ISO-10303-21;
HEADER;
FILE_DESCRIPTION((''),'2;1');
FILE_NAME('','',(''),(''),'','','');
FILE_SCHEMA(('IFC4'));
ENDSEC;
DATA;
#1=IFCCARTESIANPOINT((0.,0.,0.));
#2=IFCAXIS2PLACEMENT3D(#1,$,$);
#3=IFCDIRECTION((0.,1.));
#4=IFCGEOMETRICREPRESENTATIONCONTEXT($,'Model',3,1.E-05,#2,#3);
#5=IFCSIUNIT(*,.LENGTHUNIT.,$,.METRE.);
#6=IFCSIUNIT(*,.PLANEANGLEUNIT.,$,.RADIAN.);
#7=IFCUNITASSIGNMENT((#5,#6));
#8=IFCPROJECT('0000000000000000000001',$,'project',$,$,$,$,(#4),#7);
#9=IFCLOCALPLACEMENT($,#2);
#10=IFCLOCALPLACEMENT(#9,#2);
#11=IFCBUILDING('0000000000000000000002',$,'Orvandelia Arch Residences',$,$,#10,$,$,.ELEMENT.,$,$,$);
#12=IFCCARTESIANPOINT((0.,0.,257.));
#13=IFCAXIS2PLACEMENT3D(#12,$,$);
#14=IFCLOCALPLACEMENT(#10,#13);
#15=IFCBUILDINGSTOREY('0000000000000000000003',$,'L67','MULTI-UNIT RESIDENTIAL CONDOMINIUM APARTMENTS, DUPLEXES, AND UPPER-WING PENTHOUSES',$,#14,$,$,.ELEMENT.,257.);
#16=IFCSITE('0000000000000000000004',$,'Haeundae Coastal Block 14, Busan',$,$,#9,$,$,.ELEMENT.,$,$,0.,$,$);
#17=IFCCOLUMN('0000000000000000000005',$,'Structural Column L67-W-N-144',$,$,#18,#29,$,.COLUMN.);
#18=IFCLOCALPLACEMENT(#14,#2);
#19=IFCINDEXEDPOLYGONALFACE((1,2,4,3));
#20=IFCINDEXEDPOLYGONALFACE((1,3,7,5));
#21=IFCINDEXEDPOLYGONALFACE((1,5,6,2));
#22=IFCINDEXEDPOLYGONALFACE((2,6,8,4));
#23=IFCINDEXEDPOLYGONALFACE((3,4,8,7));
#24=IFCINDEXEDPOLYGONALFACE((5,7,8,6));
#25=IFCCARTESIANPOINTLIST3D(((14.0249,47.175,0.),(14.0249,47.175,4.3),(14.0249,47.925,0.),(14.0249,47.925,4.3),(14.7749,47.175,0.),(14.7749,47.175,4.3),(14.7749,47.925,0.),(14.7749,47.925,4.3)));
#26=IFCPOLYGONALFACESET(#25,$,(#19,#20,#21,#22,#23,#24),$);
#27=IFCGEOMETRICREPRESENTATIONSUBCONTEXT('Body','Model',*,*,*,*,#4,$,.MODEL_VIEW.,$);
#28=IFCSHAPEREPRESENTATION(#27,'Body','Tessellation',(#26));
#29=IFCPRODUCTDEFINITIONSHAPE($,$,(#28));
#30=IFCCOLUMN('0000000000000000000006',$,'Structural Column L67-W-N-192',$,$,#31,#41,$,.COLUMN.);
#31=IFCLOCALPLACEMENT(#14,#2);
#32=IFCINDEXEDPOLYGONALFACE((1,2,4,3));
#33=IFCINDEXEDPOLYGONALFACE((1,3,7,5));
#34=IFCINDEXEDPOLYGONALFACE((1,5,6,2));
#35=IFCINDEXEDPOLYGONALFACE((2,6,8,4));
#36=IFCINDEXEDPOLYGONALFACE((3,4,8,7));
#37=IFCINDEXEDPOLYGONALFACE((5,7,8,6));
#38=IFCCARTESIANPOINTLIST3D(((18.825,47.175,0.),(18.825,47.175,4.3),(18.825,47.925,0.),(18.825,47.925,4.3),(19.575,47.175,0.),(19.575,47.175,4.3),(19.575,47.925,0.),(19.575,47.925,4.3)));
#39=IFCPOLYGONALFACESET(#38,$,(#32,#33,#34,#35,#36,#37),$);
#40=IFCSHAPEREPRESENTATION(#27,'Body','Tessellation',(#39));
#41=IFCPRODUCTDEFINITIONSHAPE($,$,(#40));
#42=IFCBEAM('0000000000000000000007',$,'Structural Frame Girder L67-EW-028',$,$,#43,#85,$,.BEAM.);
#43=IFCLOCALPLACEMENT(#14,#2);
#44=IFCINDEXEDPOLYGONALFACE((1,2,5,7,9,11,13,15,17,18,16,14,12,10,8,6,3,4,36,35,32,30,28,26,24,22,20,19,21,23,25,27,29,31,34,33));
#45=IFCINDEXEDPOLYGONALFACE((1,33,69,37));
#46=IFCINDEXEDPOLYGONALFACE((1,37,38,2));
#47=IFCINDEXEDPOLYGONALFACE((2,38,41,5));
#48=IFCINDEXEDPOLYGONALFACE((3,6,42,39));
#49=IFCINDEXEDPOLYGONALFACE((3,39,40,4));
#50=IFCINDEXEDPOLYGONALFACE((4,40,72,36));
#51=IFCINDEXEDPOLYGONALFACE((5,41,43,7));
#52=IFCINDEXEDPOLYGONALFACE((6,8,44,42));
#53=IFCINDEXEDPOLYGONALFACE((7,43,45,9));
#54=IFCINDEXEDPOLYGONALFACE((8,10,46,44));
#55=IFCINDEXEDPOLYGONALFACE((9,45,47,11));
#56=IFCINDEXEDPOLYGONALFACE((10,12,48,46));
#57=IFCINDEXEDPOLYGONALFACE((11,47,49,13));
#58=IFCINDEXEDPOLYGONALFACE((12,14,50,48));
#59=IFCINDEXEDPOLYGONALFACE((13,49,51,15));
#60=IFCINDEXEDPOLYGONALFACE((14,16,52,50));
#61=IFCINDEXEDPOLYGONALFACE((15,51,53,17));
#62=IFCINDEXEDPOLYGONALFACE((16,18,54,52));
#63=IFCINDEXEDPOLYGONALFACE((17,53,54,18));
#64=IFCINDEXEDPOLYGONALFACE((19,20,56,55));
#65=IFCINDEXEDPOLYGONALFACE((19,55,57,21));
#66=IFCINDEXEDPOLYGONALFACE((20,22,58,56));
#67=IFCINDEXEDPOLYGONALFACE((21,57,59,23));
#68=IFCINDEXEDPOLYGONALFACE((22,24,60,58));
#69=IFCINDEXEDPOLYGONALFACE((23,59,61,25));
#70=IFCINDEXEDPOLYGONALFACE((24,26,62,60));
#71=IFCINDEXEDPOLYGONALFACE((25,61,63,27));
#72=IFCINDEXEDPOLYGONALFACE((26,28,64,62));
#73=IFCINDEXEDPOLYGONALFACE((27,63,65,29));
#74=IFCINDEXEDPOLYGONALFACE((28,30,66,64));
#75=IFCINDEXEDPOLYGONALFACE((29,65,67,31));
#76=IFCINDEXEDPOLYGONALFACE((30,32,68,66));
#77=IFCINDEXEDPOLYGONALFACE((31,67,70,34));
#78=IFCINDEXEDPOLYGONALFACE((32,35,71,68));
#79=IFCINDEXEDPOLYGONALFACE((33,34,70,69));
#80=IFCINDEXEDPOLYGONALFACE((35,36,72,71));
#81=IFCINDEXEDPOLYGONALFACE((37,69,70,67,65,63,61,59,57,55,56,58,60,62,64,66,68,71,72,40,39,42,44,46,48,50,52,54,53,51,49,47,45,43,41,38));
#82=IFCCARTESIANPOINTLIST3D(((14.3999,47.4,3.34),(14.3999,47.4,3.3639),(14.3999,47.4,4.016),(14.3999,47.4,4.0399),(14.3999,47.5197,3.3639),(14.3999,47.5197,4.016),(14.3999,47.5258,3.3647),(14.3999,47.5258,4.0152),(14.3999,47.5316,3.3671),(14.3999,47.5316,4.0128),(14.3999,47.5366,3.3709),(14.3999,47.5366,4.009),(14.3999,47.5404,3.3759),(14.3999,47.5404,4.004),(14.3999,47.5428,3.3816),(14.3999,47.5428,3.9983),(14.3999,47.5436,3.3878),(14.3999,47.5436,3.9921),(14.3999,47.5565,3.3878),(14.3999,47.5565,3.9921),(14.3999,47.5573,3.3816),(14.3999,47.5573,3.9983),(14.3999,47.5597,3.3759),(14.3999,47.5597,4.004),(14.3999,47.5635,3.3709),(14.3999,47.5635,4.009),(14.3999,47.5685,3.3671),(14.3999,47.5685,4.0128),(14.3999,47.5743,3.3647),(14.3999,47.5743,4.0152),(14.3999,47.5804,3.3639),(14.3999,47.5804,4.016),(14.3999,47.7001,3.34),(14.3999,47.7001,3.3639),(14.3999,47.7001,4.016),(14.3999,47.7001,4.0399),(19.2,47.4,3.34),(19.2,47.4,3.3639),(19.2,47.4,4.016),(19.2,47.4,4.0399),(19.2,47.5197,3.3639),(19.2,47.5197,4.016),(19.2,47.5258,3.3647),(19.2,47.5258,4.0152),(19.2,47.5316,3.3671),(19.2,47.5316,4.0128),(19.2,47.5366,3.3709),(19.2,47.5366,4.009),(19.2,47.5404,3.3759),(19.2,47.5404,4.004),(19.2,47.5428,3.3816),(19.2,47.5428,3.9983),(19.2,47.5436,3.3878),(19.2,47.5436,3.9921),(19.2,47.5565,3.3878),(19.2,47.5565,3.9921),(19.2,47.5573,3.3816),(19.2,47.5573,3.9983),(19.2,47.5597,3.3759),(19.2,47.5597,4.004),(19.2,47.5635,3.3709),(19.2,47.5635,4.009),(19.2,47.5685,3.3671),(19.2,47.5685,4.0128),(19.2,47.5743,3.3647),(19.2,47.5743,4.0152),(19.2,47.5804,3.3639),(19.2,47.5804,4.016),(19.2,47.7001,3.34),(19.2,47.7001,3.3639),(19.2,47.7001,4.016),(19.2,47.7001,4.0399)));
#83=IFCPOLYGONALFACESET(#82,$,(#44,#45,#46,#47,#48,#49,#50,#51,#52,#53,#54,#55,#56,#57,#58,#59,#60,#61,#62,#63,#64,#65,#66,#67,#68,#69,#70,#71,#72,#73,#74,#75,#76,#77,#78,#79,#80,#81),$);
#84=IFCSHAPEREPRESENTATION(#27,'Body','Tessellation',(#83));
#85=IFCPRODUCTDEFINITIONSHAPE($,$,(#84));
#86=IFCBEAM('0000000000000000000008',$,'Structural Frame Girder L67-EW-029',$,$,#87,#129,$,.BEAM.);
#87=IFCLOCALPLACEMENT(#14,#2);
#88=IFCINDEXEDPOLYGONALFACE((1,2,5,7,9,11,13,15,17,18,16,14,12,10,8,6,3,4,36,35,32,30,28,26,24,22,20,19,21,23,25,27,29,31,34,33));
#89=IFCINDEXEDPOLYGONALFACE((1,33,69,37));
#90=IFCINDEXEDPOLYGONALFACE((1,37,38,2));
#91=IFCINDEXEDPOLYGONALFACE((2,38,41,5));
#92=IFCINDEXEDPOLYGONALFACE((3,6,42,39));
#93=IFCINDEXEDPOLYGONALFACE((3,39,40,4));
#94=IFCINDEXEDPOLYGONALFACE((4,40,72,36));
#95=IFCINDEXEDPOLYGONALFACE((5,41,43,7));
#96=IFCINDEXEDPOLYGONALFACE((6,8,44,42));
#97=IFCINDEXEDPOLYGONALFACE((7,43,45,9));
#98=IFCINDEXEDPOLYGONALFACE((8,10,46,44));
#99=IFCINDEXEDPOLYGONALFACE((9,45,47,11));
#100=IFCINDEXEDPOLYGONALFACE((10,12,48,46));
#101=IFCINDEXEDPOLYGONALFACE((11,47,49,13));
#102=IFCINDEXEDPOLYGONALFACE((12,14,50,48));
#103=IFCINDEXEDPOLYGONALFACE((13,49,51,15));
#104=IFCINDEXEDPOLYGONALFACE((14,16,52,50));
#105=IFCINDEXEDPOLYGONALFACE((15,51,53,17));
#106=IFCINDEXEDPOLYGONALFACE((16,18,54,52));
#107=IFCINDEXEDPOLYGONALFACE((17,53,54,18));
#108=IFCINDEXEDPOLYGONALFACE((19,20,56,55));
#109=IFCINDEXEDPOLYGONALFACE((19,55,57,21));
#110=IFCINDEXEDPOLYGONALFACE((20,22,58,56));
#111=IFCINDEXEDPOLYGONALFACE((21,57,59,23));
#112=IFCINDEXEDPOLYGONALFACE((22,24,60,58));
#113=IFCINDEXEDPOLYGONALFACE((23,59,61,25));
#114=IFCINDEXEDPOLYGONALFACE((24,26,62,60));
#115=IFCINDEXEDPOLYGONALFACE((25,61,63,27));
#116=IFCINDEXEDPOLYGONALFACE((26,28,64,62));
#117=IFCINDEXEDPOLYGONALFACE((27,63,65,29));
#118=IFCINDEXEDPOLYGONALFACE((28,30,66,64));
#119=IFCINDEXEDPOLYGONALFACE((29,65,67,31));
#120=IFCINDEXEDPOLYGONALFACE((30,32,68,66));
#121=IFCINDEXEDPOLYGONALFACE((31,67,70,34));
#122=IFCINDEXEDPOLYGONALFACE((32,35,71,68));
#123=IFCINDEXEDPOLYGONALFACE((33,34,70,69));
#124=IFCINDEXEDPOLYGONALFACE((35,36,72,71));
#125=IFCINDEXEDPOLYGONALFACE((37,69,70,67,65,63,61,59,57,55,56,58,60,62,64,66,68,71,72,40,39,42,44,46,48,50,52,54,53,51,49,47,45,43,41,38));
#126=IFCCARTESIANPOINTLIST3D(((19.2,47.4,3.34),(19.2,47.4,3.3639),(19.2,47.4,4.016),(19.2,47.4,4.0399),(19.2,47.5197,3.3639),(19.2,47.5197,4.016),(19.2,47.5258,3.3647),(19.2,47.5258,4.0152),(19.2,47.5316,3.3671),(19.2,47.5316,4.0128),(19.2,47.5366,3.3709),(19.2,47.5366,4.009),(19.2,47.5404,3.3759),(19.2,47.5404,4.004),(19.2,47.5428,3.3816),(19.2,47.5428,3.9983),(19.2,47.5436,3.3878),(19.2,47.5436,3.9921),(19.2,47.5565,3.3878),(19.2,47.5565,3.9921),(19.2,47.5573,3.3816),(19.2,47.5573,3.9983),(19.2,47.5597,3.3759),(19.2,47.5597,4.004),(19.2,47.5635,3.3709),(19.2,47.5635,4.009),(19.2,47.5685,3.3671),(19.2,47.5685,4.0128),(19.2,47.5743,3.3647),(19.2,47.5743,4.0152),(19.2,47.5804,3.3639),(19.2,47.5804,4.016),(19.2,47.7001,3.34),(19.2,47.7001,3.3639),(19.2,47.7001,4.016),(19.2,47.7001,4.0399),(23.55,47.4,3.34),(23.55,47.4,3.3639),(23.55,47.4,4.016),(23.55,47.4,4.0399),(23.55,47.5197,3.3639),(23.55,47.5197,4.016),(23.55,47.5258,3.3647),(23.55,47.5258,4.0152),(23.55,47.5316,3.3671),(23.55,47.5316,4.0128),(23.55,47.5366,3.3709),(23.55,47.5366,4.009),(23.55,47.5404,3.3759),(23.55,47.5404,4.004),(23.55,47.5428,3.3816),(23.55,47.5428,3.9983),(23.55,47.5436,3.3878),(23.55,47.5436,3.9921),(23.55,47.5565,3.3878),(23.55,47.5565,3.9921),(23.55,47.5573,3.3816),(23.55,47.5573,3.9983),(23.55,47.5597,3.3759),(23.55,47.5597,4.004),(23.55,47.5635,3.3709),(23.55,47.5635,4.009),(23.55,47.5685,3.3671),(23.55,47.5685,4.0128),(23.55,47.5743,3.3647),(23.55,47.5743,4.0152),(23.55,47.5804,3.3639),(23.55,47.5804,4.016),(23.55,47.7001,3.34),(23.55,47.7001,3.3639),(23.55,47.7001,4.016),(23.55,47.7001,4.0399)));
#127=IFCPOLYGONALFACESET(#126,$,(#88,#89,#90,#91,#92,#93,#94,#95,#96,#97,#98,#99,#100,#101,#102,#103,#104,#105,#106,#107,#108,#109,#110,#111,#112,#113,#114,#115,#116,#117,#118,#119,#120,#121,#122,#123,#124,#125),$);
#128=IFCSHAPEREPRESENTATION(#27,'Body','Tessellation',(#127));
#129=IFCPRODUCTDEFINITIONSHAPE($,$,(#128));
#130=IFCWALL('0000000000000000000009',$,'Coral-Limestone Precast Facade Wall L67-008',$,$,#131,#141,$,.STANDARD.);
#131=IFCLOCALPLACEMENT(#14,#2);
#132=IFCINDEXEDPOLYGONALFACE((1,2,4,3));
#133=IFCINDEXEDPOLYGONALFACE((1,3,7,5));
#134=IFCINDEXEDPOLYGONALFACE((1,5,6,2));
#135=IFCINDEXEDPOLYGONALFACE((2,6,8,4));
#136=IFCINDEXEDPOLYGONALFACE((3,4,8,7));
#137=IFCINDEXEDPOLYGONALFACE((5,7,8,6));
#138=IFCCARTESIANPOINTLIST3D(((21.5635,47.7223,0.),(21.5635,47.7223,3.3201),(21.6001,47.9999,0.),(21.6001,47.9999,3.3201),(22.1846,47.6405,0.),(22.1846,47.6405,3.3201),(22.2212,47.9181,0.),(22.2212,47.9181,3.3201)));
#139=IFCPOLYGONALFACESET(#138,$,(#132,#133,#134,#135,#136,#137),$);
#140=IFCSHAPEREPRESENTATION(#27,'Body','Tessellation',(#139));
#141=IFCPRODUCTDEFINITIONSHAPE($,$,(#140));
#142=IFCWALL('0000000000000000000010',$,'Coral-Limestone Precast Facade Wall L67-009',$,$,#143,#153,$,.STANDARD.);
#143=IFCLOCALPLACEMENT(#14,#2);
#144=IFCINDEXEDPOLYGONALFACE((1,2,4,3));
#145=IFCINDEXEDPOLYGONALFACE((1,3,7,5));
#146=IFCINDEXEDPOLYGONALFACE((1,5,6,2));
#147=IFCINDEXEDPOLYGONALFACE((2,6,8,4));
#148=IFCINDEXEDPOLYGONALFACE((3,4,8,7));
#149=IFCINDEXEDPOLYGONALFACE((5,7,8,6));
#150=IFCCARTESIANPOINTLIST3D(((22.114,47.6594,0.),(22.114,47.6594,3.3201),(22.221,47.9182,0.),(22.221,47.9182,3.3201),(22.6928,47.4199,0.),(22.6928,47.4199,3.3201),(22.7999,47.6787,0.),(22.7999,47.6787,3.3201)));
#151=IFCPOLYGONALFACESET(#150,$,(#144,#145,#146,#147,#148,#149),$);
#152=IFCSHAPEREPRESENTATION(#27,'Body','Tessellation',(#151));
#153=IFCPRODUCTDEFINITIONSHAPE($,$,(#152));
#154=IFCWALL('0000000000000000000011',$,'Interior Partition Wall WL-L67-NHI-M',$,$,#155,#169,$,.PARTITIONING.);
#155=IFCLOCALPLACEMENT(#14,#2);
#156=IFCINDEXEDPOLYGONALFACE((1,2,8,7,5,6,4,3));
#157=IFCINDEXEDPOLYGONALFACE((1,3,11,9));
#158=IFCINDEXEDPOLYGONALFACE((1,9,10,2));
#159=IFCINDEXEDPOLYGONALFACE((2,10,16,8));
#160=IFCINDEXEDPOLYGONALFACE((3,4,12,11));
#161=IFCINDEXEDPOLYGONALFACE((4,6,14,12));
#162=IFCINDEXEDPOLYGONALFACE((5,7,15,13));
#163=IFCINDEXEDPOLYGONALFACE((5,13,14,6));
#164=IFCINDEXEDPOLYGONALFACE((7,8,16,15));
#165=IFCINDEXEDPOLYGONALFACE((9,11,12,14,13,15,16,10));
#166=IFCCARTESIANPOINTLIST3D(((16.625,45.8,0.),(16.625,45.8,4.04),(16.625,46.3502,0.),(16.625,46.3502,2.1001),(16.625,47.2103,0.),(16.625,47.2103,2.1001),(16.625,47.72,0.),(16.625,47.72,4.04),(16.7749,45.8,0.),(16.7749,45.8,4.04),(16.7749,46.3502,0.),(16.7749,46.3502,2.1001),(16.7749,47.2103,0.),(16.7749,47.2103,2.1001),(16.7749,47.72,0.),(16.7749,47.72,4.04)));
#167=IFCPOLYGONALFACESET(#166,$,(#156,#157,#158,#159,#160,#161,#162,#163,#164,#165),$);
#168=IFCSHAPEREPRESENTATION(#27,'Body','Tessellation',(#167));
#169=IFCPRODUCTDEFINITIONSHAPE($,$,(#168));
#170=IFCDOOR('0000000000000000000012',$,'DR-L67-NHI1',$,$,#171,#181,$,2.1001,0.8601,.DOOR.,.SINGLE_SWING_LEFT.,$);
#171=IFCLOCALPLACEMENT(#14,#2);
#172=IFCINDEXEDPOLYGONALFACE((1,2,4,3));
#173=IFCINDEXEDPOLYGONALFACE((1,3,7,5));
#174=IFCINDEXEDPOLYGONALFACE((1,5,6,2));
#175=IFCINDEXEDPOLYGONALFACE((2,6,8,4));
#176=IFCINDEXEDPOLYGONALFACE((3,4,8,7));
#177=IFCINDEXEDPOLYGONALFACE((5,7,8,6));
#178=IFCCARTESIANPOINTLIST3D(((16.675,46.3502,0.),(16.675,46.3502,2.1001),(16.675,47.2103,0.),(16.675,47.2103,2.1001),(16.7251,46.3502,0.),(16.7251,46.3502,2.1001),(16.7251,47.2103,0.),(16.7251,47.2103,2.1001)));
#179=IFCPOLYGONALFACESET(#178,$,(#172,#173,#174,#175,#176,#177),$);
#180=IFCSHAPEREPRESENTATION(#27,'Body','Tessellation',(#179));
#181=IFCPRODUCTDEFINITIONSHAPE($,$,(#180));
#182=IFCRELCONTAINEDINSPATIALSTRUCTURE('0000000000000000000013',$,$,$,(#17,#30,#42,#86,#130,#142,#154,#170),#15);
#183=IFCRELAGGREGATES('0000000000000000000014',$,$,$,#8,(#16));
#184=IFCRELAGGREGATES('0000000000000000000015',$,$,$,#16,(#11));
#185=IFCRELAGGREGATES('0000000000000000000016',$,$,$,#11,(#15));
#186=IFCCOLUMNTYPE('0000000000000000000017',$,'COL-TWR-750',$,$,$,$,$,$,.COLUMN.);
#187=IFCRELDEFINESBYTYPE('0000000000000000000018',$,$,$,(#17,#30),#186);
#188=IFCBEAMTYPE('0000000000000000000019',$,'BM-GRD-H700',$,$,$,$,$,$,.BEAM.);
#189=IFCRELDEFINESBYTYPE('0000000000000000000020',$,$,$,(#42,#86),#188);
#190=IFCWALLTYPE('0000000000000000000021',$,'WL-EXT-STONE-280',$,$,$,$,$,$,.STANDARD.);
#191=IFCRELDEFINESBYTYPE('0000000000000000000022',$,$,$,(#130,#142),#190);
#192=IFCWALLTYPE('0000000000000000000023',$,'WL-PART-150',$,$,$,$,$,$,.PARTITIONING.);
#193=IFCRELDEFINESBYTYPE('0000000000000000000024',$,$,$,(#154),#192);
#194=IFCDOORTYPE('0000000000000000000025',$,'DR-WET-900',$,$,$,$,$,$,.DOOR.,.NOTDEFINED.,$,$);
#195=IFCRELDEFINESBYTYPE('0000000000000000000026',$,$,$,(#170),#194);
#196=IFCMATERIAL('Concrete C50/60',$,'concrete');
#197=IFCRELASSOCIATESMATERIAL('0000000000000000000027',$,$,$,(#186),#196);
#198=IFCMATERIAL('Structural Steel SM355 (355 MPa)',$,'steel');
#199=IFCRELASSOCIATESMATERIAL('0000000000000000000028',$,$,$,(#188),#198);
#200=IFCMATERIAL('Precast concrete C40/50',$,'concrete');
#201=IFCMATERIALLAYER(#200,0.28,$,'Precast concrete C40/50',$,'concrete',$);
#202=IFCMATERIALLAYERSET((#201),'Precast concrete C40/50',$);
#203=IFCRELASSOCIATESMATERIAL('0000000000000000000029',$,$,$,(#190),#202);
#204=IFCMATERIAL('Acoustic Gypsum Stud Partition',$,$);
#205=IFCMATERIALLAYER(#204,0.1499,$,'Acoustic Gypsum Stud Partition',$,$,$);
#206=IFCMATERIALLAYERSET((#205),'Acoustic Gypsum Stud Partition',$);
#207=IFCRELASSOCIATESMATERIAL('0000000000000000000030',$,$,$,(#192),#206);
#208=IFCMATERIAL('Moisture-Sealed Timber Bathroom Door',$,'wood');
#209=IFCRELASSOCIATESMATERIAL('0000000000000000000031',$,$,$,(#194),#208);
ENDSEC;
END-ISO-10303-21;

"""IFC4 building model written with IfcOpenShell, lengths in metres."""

from ifc_helpers import new_model, si_unit, direction, frame, frame_2d, origin, origin_2d, place, context, subcontext, project, spatial, rectangle, i_section, extrude, material, layer, layer_set, material_profile, profile_set, type_object, element, fill, save


model = new_model("IFC4")

# Units and contexts
model_context = context("Model", 3, precision=1e-05, world=origin(), true_north=direction((0.0, 1.0)))
body_context = subcontext(model_context, "Body", "Model", "MODEL_VIEW")
ifc_project = project(units=[si_unit("LENGTHUNIT", "METRE"), si_unit("PLANEANGLEUNIT", "RADIAN")], contexts=[model_context])

# Site, building, storey
site_placement = place(None, origin())
site = spatial("IfcSite", under=ifc_project, at=site_placement, Name="Haeundae Coastal Block 14, Busan", CompositionType="ELEMENT", RefElevation=0.0)
building_placement = place(site_placement, origin())
building = spatial("IfcBuilding", under=site, at=building_placement, Name="Orvandelia Arch Residences", CompositionType="ELEMENT")
storey_placement = place(building_placement, frame((0.0, 0.0, 257.0)))
storey = spatial("IfcBuildingStorey", under=building, at=storey_placement, Name="L67", Description="MULTI-UNIT RESIDENTIAL CONDOMINIUM APARTMENTS, DUPLEXES, AND UPPER-WING PENTHOUSES", CompositionType="ELEMENT", Elevation=257.0)

# Columns
ifc_material_1 = material(Name="Concrete C50/60", Category="concrete")
ifc_material_profile_1 = material_profile(ifc_material_1, rectangle(XDim=0.75, YDim=0.75, at=origin_2d()), Name="Concrete C50/60", Category="concrete")
ifc_profile_set_1 = profile_set([ifc_material_profile_1], Name="Concrete C50/60")
column_type = type_object("IfcColumnType", Name="COL-TWR-750", PredefinedType="COLUMN", material=ifc_profile_set_1)
for number, where, z_axis, x_axis, name in (
    (1, (14.3999, 47.55, 0.0), (0.0, 0.0, 1.0), (1.0, 0.0, 0.0), "Structural Column L67-W-N-144"),
    (2, (19.2, 47.55, 0.0), (0.0, 0.0, 1.0), (1.0, 0.0, 0.0), "Structural Column L67-W-N-192"),
):
    element("IfcColumn", number, at=place(storey_placement, frame(where, z_axis=z_axis, x_axis=x_axis)), inside=storey, type_object=column_type, Name=name, PredefinedType="COLUMN", context=body_context, shape_type="SweptSolid", body=[
        extrude(rectangle(XDim=0.75, YDim=0.75, at=origin_2d()), origin(), (0.0, 0.0, 1.0), 4.3),
    ])

# Beams
ifc_material_2 = material(Name="Structural Steel SM355 (355 MPa)", Category="steel")
ifc_material_profile_2 = material_profile(ifc_material_2, i_section(OverallWidth=0.3, OverallDepth=0.7, WebThickness=0.0129, FlangeThickness=0.0239, FilletRadius=0.0239, at=origin_2d()), Name="Structural Steel SM355 (355 MPa)", Category="steel")
ifc_profile_set_2 = profile_set([ifc_material_profile_2], Name="Structural Steel SM355 (355 MPa)")
beam_type = type_object("IfcBeamType", Name="BM-GRD-H700", PredefinedType="BEAM", material=ifc_profile_set_2)
beam_1_placement = place(storey_placement, frame((14.3999, 47.55, 3.6899), z_axis=(1.0, 0.0, 0.0), x_axis=(0.0, 1.0, 0.0)))
element("IfcBeam", 3, at=beam_1_placement, inside=storey, type_object=beam_type, Name="Structural Frame Girder L67-EW-028", PredefinedType="BEAM", context=body_context, shape_type="SweptSolid", body=[
    extrude(i_section(OverallWidth=0.3, OverallDepth=0.7, WebThickness=0.0129, FlangeThickness=0.0239, FilletRadius=0.0239, at=origin_2d()), origin(), (0.0, 0.0, 1.0), 4.8),
])
beam_2_placement = place(storey_placement, frame((19.2, 47.55, 3.6899), z_axis=(1.0, 0.0, 0.0), x_axis=(0.0, 1.0, 0.0)))
element("IfcBeam", 4, at=beam_2_placement, inside=storey, type_object=beam_type, Name="Structural Frame Girder L67-EW-029", PredefinedType="BEAM", context=body_context, shape_type="SweptSolid", body=[
    extrude(i_section(OverallWidth=0.3, OverallDepth=0.7, WebThickness=0.0129, FlangeThickness=0.0239, FilletRadius=0.0239, at=origin_2d()), origin(), (0.0, 0.0, 1.0), 4.3501),
])

# Walls
ifc_material_3 = material(Name="Precast concrete C40/50", Category="concrete")
ifc_layer_1 = layer(ifc_material_3, 0.28, Name="Precast concrete C40/50", Category="concrete")
ifc_layer_set_1 = layer_set([ifc_layer_1], Name="Precast concrete C40/50")
wall_type_1 = type_object("IfcWallType", Name="WL-EXT-STONE-280", PredefinedType="STANDARD", material=ifc_layer_set_1)
for number, where, z_axis, x_axis, name in (
    (5, (21.5818, 47.8611, 0.0), (0.0, 0.0, 1.0), (0.991441, -0.130555, 0.0), "Coral-Limestone Precast Facade Wall L67-008"),
    (6, (22.1675, 47.7888, 0.0), (0.0, 0.0, 1.0), (0.924031, -0.382317, 0.0), "Coral-Limestone Precast Facade Wall L67-009"),
):
    element("IfcWall", number, at=place(storey_placement, frame(where, z_axis=z_axis, x_axis=x_axis)), inside=storey, type_object=wall_type_1, Name=name, PredefinedType="STANDARD", context=body_context, shape_type="SweptSolid", body=[
        extrude(rectangle(XDim=0.6265, YDim=0.28, at=frame_2d((0.3132, 0.0))), origin(), (0.0, 0.0, 1.0), 3.3201),
    ])

# Wall, opening, door
ifc_material_4 = material(Name="Acoustic Gypsum Stud Partition")
ifc_layer_2 = layer(ifc_material_4, 0.1499, Name="Acoustic Gypsum Stud Partition")
ifc_layer_set_2 = layer_set([ifc_layer_2], Name="Acoustic Gypsum Stud Partition")
wall_type_2 = type_object("IfcWallType", Name="WL-PART-150", PredefinedType="PARTITIONING", material=ifc_layer_set_2)
wall_1_placement = place(storey_placement, frame((16.7, 45.8, 0.0), z_axis=(0.0, 0.0, 1.0), x_axis=(0.0, 1.0, 0.0)))
wall_1 = element("IfcWall", 7, at=wall_1_placement, inside=storey, type_object=wall_type_2, Name="Interior Partition Wall WL-L67-NHI-M", PredefinedType="PARTITIONING", context=body_context, shape_type="SweptSolid", body=[
    extrude(rectangle(XDim=1.9199, YDim=0.1499, at=frame_2d((0.96, 0.0))), origin(), (0.0, 0.0, 1.0), 4.04),
])
opening_1_placement = place(wall_1_placement, frame((0.55, 0.0, 0.0)))
opening_1 = element("IfcOpeningElement", 8, at=opening_1_placement, cuts=wall_1, PredefinedType="OPENING", context=body_context, shape_type="SweptSolid", body=[
    extrude(rectangle(XDim=0.8601, YDim=2.1001, at=frame_2d((0.4302, 1.05))), frame((0.0, 0.085, 0.0), z_axis=(0.0, -1.0, 0.0), x_axis=(1.0, 0.0, 0.0)), (0.0, 0.0, 1.0), 0.1699),
])
ifc_material_5 = material(Name="Moisture-Sealed Timber Bathroom Door", Category="wood")
door_type_1 = type_object("IfcDoorType", Name="DR-WET-900", OperationType="NOTDEFINED", PredefinedType="DOOR", material=ifc_material_5)
door_1_placement = place(opening_1_placement, origin())
door_1 = element("IfcDoor", 9, at=door_1_placement, inside=storey, type_object=door_type_1, Name="DR-L67-NHI1", OperationType="SINGLE_SWING_LEFT", OverallHeight=2.1001, OverallWidth=0.8601, PredefinedType="DOOR", context=body_context, shape_type="SweptSolid", body=[
    extrude(rectangle(XDim=0.8601, YDim=2.1001, at=frame_2d((0.4302, 1.05))), frame((0.0, 0.0249, 0.0), z_axis=(0.0, -1.0, 0.0), x_axis=(1.0, 0.0, 0.0)), (0.0, 0.0, 1.0), 0.05),
])
fill(opening_1, door_1)

save(model, "model.ifc")
